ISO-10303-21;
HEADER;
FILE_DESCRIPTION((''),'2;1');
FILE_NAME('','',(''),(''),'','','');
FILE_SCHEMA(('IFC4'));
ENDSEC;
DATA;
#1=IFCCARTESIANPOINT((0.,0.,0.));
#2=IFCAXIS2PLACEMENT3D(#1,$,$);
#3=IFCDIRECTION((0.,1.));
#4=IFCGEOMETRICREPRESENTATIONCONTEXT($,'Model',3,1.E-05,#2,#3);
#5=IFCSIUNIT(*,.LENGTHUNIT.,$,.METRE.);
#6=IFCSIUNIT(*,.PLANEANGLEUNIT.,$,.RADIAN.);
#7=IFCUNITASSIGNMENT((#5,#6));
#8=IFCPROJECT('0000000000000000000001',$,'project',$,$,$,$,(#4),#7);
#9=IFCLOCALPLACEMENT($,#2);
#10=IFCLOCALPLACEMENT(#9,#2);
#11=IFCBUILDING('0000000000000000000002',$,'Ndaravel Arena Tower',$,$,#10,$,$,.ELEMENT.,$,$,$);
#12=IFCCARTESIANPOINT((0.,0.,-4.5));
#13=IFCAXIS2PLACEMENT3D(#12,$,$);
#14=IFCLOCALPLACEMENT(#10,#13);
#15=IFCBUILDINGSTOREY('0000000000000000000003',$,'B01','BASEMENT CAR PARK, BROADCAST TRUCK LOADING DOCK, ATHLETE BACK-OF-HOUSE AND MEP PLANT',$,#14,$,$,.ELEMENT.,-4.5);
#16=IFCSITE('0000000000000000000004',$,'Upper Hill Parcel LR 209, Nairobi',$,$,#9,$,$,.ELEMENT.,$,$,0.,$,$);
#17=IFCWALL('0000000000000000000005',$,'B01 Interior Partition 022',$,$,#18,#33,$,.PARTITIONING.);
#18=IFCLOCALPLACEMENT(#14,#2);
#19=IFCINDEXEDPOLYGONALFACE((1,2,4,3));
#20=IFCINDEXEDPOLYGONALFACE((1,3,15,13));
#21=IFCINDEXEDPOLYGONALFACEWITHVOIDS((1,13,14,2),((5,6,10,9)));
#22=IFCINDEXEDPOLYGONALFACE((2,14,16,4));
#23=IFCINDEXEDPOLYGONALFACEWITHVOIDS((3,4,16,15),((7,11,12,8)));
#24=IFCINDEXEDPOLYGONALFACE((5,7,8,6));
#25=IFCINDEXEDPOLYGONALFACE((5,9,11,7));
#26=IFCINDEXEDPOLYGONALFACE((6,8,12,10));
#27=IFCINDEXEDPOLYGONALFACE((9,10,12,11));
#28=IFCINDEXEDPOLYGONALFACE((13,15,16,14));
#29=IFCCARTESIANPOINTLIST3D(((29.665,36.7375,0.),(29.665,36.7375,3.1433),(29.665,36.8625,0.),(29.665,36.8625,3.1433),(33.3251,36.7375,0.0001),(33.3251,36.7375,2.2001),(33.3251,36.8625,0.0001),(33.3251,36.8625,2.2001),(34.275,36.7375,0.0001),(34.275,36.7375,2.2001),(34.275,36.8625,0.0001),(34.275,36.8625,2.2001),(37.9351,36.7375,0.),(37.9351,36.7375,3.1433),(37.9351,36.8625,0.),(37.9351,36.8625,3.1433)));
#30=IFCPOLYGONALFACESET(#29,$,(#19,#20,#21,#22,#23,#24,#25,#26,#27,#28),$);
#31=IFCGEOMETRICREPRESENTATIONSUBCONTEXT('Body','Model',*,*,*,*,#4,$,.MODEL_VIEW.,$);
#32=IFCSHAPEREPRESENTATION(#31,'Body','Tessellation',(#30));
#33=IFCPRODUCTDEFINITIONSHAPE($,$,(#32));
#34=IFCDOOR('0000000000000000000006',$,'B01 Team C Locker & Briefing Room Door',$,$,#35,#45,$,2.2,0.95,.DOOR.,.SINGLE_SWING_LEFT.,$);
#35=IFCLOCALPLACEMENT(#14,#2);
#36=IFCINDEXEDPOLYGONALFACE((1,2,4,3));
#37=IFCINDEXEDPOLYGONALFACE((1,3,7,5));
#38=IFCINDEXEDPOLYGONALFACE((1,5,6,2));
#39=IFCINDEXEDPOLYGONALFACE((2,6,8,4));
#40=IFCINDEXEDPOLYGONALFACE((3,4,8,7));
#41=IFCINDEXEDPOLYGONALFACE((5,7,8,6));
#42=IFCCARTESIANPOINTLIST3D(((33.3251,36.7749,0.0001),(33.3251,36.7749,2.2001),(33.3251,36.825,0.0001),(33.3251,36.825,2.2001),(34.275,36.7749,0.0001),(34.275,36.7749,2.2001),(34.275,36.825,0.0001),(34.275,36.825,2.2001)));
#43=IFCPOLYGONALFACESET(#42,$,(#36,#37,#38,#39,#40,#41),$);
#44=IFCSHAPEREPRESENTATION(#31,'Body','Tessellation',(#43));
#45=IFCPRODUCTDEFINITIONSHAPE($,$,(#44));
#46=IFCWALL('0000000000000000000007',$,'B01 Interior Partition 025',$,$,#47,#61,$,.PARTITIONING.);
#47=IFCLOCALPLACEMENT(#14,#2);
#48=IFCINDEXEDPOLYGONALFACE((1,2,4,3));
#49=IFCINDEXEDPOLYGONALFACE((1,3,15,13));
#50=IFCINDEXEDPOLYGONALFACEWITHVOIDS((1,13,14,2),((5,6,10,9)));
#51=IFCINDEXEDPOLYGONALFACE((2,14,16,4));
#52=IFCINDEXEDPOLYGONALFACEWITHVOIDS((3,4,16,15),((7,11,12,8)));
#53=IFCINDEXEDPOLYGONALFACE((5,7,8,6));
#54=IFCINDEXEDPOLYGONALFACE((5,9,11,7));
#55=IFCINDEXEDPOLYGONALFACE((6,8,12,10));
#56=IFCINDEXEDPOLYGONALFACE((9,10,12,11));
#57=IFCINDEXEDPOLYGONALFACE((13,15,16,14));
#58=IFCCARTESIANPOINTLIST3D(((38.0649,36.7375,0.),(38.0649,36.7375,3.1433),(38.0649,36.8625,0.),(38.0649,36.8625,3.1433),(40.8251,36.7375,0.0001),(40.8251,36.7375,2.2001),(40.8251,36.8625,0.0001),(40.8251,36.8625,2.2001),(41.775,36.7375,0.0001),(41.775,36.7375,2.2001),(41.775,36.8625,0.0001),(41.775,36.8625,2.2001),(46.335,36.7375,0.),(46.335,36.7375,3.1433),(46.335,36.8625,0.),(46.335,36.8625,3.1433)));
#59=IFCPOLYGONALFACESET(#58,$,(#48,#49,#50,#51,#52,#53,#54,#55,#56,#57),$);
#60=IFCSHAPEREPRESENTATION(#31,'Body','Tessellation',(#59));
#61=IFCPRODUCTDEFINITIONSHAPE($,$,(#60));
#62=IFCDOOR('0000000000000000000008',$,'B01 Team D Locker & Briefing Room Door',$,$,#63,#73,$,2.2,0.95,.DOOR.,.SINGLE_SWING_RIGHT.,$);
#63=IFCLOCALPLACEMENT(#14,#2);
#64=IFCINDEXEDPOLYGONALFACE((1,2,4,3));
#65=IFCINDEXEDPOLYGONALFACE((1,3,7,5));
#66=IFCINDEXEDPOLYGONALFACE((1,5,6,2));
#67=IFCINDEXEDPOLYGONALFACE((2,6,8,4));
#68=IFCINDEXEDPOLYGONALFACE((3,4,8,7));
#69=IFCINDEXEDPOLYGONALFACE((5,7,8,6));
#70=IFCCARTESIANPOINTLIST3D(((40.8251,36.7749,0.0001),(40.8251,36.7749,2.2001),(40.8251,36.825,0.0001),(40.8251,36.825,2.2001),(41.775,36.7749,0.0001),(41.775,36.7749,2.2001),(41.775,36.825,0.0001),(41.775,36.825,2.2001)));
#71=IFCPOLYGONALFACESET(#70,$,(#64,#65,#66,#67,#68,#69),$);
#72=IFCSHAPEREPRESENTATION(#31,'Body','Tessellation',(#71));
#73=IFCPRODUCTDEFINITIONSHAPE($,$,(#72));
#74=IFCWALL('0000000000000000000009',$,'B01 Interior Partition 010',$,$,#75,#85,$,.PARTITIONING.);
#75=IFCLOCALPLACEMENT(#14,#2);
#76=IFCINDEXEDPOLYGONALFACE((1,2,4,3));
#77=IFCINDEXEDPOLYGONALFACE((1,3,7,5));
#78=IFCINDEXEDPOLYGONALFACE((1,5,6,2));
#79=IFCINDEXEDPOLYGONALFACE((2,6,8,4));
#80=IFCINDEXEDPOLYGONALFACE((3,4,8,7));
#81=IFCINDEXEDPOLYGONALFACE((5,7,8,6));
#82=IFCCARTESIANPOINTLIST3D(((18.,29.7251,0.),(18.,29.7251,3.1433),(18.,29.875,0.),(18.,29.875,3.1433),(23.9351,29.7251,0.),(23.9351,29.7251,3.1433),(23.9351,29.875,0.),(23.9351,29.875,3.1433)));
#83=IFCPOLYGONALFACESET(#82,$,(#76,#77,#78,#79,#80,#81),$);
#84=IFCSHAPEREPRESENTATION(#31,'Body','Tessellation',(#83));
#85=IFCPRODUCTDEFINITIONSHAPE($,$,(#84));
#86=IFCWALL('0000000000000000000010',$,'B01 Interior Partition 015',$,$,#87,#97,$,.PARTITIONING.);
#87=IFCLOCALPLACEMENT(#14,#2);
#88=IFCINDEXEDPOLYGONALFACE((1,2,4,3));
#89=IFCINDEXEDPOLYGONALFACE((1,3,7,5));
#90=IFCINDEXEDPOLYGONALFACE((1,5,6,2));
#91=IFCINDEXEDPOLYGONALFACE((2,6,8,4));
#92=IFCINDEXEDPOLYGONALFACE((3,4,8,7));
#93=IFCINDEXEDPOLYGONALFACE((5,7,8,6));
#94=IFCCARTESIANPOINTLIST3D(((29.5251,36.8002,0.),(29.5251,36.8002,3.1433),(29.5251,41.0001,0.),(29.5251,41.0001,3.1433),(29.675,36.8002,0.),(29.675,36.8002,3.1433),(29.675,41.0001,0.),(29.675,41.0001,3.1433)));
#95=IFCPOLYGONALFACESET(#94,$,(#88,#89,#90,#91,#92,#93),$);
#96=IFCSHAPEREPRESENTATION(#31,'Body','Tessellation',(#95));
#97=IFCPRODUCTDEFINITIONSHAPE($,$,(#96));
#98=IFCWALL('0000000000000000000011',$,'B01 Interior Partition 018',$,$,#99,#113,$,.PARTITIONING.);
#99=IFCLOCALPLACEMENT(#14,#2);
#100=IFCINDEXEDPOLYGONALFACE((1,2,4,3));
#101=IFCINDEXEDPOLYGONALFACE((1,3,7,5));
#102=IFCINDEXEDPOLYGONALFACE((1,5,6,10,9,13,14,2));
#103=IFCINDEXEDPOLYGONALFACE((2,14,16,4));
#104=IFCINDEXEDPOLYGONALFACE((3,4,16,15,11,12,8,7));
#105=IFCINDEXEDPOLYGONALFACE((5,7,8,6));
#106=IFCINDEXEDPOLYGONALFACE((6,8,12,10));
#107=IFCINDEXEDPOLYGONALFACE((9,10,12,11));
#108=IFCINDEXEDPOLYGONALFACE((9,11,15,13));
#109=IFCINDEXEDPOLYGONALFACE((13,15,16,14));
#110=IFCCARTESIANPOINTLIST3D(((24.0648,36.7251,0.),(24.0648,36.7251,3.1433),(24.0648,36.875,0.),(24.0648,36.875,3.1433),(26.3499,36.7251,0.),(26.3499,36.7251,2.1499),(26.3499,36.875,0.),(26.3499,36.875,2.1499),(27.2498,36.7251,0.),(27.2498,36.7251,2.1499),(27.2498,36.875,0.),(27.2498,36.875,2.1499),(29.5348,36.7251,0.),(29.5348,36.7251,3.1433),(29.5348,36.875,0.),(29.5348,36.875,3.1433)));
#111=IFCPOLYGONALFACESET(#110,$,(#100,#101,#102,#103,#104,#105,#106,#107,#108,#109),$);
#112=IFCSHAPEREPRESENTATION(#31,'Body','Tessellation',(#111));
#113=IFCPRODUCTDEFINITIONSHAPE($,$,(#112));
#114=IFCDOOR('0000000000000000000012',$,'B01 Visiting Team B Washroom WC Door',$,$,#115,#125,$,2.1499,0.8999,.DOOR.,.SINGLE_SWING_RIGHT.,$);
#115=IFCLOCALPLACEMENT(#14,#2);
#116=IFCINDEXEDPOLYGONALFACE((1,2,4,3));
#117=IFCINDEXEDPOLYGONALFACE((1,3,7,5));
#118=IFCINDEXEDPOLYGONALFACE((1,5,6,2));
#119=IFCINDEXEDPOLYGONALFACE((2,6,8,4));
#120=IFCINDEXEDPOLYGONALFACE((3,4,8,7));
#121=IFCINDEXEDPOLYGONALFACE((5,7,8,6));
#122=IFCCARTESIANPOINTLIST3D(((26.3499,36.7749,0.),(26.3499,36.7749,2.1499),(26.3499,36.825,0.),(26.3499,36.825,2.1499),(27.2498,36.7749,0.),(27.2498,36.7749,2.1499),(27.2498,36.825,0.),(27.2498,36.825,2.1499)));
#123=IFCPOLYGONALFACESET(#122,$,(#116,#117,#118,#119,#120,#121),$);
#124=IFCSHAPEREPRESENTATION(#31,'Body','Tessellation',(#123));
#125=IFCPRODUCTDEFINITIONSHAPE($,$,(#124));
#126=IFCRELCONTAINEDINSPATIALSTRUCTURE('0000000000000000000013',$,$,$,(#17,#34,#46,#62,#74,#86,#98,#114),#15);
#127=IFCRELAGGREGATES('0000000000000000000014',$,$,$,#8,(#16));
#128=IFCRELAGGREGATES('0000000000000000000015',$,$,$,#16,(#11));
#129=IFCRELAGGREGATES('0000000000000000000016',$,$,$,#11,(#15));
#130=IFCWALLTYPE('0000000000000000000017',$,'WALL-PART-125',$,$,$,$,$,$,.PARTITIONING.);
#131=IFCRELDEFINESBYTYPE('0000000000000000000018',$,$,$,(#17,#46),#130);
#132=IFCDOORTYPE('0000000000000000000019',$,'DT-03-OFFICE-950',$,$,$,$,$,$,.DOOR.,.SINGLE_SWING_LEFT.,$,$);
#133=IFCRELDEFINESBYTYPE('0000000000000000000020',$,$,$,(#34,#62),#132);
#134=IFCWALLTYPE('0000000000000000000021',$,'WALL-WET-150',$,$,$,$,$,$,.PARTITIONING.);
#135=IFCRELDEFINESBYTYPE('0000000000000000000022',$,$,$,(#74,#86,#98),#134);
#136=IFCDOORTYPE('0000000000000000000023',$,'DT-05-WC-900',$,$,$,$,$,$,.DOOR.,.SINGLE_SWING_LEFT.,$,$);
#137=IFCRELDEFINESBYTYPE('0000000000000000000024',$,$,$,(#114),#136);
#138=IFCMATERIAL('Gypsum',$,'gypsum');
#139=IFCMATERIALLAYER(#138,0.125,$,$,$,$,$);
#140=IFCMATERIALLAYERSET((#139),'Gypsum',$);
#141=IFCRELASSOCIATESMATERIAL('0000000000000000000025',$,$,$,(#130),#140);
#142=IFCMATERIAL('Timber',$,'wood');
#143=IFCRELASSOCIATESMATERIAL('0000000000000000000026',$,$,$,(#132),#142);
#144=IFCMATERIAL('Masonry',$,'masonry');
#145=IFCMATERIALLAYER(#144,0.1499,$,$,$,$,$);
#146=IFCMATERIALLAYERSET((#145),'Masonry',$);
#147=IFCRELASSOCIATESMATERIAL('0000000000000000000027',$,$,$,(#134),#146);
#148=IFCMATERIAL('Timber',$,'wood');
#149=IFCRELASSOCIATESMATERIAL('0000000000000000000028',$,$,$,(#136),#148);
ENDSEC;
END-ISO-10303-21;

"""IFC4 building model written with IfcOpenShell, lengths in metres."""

from ifc_helpers import new_model, si_unit, direction, frame, frame_2d, origin, place, context, subcontext, project, spatial, rectangle, extrude, material, layer, layer_set, type_object, element, fill, save


model = new_model("IFC4")

# Units and contexts
model_context = context("Model", 3, precision=1e-05, world=origin(), true_north=direction((0.0, 1.0)))
body_context = subcontext(model_context, "Body", "Model", "MODEL_VIEW")
ifc_project = project(units=[si_unit("LENGTHUNIT", "METRE"), si_unit("PLANEANGLEUNIT", "RADIAN")], contexts=[model_context])

# Site, building, storey
site_placement = place(None, origin())
site = spatial("IfcSite", under=ifc_project, at=site_placement, Name="Upper Hill Parcel LR 209, Nairobi", CompositionType="ELEMENT", RefElevation=0.0)
building_placement = place(site_placement, origin())
building = spatial("IfcBuilding", under=site, at=building_placement, Name="Ndaravel Arena Tower", CompositionType="ELEMENT")
storey_placement = place(building_placement, frame((0.0, 0.0, -4.5)))
storey = spatial("IfcBuildingStorey", under=building, at=storey_placement, Name="B01", Description="BASEMENT CAR PARK, BROADCAST TRUCK LOADING DOCK, ATHLETE BACK-OF-HOUSE AND MEP PLANT", CompositionType="ELEMENT", Elevation=-4.5)

# Shared definitions
ifc_material_1 = material(Name="Gypsum", Category="gypsum")
ifc_layer_1 = layer(ifc_material_1, 0.125)
ifc_layer_set_1 = layer_set([ifc_layer_1], Name="Gypsum")
wall_type_1 = type_object("IfcWallType", Name="WALL-PART-125", PredefinedType="PARTITIONING", material=ifc_layer_set_1)

# Shared definitions
ifc_material_2 = material(Name="Timber", Category="wood")
door_type_1 = type_object("IfcDoorType", Name="DT-03-OFFICE-950", OperationType="SINGLE_SWING_LEFT", PredefinedType="DOOR", material=ifc_material_2)

# Walls, openings, doors
wall_1_placement = place(storey_placement, frame((29.665, 36.8, 0.0), z_axis=(0.0, 0.0, 1.0), x_axis=(1.0, 0.0, 0.0)))
wall_1 = element("IfcWall", 1, at=wall_1_placement, inside=storey, type_object=wall_type_1, Name="B01 Interior Partition 022", PredefinedType="PARTITIONING", context=body_context, shape_type="SweptSolid", body=[
    extrude(rectangle(XDim=8.27, YDim=0.125, at=frame_2d((4.135, 0.0))), origin(), (0.0, 0.0, 1.0), 3.1433),
])
opening_1_placement = place(wall_1_placement, frame((3.6599, 0.0, 0.0)))
opening_1 = element("IfcOpeningElement", 2, at=opening_1_placement, cuts=wall_1, PredefinedType="OPENING", context=body_context, shape_type="SweptSolid", body=[
    extrude(rectangle(XDim=0.95, YDim=2.2, at=frame_2d((0.4751, 1.1001))), frame((0.0, 0.0625, 0.0), z_axis=(0.0, -1.0, 0.0), x_axis=(1.0, 0.0, 0.0)), (0.0, 0.0, 1.0), 0.125),
])
door_1_placement = place(opening_1_placement, origin())
door_1 = element("IfcDoor", 3, at=door_1_placement, inside=storey, type_object=door_type_1, Name="B01 Team C Locker & Briefing Room Door", OperationType="SINGLE_SWING_LEFT", OverallHeight=2.2, OverallWidth=0.95, PredefinedType="DOOR", context=body_context, shape_type="SweptSolid", body=[
    extrude(rectangle(XDim=0.95, YDim=2.2, at=frame_2d((0.4751, 1.1001))), frame((0.0, 0.0249, 0.0), z_axis=(0.0, -1.0, 0.0), x_axis=(1.0, 0.0, 0.0)), (0.0, 0.0, 1.0), 0.05),
])
fill(opening_1, door_1)
wall_2_placement = place(storey_placement, frame((38.0649, 36.8, 0.0), z_axis=(0.0, 0.0, 1.0), x_axis=(1.0, 0.0, 0.0)))
wall_2 = element("IfcWall", 4, at=wall_2_placement, inside=storey, type_object=wall_type_1, Name="B01 Interior Partition 025", PredefinedType="PARTITIONING", context=body_context, shape_type="SweptSolid", body=[
    extrude(rectangle(XDim=8.27, YDim=0.125, at=frame_2d((4.135, 0.0))), origin(), (0.0, 0.0, 1.0), 3.1433),
])
opening_2_placement = place(wall_2_placement, frame((2.76, 0.0, 0.0)))
opening_2 = element("IfcOpeningElement", 5, at=opening_2_placement, cuts=wall_2, PredefinedType="OPENING", context=body_context, shape_type="SweptSolid", body=[
    extrude(rectangle(XDim=0.95, YDim=2.2, at=frame_2d((0.4751, 1.1001))), frame((0.0, 0.0625, 0.0), z_axis=(0.0, -1.0, 0.0), x_axis=(1.0, 0.0, 0.0)), (0.0, 0.0, 1.0), 0.125),
])
door_2_placement = place(opening_2_placement, origin())
door_2 = element("IfcDoor", 6, at=door_2_placement, inside=storey, type_object=door_type_1, Name="B01 Team D Locker & Briefing Room Door", OperationType="SINGLE_SWING_RIGHT", OverallHeight=2.2, OverallWidth=0.95, PredefinedType="DOOR", context=body_context, shape_type="SweptSolid", body=[
    extrude(rectangle(XDim=0.95, YDim=2.2, at=frame_2d((0.4751, 1.1001))), frame((0.0, 0.0249, 0.0), z_axis=(0.0, -1.0, 0.0), x_axis=(1.0, 0.0, 0.0)), (0.0, 0.0, 1.0), 0.05),
])
fill(opening_2, door_2)
ifc_material_3 = material(Name="Masonry", Category="masonry")
ifc_layer_2 = layer(ifc_material_3, 0.1499)
ifc_layer_set_2 = layer_set([ifc_layer_2], Name="Masonry")
wall_type_2 = type_object("IfcWallType", Name="WALL-WET-150", PredefinedType="PARTITIONING", material=ifc_layer_set_2)
ifc_material_4 = material(Name="Timber", Category="wood")
door_type_2 = type_object("IfcDoorType", Name="DT-05-WC-900", OperationType="SINGLE_SWING_LEFT", PredefinedType="DOOR", material=ifc_material_4)

# Walls
wall_3_placement = place(storey_placement, frame((23.9351, 29.8, 0.0), z_axis=(0.0, 0.0, 1.0), x_axis=(-1.0, 0.0, 0.0)))
element("IfcWall", 7, at=wall_3_placement, inside=storey, type_object=wall_type_2, Name="B01 Interior Partition 010", PredefinedType="PARTITIONING", context=body_context, shape_type="SweptSolid", body=[
    extrude(rectangle(XDim=5.9351, YDim=0.1499, at=frame_2d((2.9675, 0.0))), origin(), (0.0, 0.0, 1.0), 3.1433),
])
wall_4_placement = place(storey_placement, frame((29.6001, 36.8, 0.0), z_axis=(0.0, 0.0, 1.0), x_axis=(0.0, 1.0, 0.0)))
element("IfcWall", 8, at=wall_4_placement, inside=storey, type_object=wall_type_2, Name="B01 Interior Partition 015", PredefinedType="PARTITIONING", context=body_context, shape_type="SweptSolid", body=[
    extrude(rectangle(XDim=4.2, YDim=0.1499, at=frame_2d((2.1001, 0.0))), origin(), (0.0, 0.0, 1.0), 3.1433),
])

# Wall, opening, door
wall_5_placement = place(storey_placement, frame((24.0649, 36.8, 0.0), z_axis=(0.0, 0.0, 1.0), x_axis=(1.0, 0.0, 0.0)))
wall_5 = element("IfcWall", 9, at=wall_5_placement, inside=storey, type_object=wall_type_2, Name="B01 Interior Partition 018", PredefinedType="PARTITIONING", context=body_context, shape_type="SweptSolid", body=[
    extrude(rectangle(XDim=5.47, YDim=0.1499, at=frame_2d((2.7349, 0.0))), origin(), (0.0, 0.0, 1.0), 3.1433),
])
opening_3_placement = place(wall_5_placement, frame((2.2849, 0.0, 0.0)))
opening_3 = element("IfcOpeningElement", 10, at=opening_3_placement, cuts=wall_5, PredefinedType="OPENING", context=body_context, shape_type="SweptSolid", body=[
    extrude(rectangle(XDim=0.8999, YDim=2.1499, at=frame_2d((0.45, 1.075))), frame((0.0, 0.075, 0.0), z_axis=(0.0, -1.0, 0.0), x_axis=(1.0, 0.0, 0.0)), (0.0, 0.0, 1.0), 0.1499),
])
door_3_placement = place(opening_3_placement, origin())
door_3 = element("IfcDoor", 11, at=door_3_placement, inside=storey, type_object=door_type_2, Name="B01 Visiting Team B Washroom WC Door", OperationType="SINGLE_SWING_RIGHT", OverallHeight=2.1499, OverallWidth=0.8999, PredefinedType="DOOR", context=body_context, shape_type="SweptSolid", body=[
    extrude(rectangle(XDim=0.8999, YDim=2.1499, at=frame_2d((0.45, 1.075))), frame((0.0, 0.0249, 0.0), z_axis=(0.0, -1.0, 0.0), x_axis=(1.0, 0.0, 0.0)), (0.0, 0.0, 1.0), 0.05),
])
fill(opening_3, door_3)

save(model, "model.ifc")
